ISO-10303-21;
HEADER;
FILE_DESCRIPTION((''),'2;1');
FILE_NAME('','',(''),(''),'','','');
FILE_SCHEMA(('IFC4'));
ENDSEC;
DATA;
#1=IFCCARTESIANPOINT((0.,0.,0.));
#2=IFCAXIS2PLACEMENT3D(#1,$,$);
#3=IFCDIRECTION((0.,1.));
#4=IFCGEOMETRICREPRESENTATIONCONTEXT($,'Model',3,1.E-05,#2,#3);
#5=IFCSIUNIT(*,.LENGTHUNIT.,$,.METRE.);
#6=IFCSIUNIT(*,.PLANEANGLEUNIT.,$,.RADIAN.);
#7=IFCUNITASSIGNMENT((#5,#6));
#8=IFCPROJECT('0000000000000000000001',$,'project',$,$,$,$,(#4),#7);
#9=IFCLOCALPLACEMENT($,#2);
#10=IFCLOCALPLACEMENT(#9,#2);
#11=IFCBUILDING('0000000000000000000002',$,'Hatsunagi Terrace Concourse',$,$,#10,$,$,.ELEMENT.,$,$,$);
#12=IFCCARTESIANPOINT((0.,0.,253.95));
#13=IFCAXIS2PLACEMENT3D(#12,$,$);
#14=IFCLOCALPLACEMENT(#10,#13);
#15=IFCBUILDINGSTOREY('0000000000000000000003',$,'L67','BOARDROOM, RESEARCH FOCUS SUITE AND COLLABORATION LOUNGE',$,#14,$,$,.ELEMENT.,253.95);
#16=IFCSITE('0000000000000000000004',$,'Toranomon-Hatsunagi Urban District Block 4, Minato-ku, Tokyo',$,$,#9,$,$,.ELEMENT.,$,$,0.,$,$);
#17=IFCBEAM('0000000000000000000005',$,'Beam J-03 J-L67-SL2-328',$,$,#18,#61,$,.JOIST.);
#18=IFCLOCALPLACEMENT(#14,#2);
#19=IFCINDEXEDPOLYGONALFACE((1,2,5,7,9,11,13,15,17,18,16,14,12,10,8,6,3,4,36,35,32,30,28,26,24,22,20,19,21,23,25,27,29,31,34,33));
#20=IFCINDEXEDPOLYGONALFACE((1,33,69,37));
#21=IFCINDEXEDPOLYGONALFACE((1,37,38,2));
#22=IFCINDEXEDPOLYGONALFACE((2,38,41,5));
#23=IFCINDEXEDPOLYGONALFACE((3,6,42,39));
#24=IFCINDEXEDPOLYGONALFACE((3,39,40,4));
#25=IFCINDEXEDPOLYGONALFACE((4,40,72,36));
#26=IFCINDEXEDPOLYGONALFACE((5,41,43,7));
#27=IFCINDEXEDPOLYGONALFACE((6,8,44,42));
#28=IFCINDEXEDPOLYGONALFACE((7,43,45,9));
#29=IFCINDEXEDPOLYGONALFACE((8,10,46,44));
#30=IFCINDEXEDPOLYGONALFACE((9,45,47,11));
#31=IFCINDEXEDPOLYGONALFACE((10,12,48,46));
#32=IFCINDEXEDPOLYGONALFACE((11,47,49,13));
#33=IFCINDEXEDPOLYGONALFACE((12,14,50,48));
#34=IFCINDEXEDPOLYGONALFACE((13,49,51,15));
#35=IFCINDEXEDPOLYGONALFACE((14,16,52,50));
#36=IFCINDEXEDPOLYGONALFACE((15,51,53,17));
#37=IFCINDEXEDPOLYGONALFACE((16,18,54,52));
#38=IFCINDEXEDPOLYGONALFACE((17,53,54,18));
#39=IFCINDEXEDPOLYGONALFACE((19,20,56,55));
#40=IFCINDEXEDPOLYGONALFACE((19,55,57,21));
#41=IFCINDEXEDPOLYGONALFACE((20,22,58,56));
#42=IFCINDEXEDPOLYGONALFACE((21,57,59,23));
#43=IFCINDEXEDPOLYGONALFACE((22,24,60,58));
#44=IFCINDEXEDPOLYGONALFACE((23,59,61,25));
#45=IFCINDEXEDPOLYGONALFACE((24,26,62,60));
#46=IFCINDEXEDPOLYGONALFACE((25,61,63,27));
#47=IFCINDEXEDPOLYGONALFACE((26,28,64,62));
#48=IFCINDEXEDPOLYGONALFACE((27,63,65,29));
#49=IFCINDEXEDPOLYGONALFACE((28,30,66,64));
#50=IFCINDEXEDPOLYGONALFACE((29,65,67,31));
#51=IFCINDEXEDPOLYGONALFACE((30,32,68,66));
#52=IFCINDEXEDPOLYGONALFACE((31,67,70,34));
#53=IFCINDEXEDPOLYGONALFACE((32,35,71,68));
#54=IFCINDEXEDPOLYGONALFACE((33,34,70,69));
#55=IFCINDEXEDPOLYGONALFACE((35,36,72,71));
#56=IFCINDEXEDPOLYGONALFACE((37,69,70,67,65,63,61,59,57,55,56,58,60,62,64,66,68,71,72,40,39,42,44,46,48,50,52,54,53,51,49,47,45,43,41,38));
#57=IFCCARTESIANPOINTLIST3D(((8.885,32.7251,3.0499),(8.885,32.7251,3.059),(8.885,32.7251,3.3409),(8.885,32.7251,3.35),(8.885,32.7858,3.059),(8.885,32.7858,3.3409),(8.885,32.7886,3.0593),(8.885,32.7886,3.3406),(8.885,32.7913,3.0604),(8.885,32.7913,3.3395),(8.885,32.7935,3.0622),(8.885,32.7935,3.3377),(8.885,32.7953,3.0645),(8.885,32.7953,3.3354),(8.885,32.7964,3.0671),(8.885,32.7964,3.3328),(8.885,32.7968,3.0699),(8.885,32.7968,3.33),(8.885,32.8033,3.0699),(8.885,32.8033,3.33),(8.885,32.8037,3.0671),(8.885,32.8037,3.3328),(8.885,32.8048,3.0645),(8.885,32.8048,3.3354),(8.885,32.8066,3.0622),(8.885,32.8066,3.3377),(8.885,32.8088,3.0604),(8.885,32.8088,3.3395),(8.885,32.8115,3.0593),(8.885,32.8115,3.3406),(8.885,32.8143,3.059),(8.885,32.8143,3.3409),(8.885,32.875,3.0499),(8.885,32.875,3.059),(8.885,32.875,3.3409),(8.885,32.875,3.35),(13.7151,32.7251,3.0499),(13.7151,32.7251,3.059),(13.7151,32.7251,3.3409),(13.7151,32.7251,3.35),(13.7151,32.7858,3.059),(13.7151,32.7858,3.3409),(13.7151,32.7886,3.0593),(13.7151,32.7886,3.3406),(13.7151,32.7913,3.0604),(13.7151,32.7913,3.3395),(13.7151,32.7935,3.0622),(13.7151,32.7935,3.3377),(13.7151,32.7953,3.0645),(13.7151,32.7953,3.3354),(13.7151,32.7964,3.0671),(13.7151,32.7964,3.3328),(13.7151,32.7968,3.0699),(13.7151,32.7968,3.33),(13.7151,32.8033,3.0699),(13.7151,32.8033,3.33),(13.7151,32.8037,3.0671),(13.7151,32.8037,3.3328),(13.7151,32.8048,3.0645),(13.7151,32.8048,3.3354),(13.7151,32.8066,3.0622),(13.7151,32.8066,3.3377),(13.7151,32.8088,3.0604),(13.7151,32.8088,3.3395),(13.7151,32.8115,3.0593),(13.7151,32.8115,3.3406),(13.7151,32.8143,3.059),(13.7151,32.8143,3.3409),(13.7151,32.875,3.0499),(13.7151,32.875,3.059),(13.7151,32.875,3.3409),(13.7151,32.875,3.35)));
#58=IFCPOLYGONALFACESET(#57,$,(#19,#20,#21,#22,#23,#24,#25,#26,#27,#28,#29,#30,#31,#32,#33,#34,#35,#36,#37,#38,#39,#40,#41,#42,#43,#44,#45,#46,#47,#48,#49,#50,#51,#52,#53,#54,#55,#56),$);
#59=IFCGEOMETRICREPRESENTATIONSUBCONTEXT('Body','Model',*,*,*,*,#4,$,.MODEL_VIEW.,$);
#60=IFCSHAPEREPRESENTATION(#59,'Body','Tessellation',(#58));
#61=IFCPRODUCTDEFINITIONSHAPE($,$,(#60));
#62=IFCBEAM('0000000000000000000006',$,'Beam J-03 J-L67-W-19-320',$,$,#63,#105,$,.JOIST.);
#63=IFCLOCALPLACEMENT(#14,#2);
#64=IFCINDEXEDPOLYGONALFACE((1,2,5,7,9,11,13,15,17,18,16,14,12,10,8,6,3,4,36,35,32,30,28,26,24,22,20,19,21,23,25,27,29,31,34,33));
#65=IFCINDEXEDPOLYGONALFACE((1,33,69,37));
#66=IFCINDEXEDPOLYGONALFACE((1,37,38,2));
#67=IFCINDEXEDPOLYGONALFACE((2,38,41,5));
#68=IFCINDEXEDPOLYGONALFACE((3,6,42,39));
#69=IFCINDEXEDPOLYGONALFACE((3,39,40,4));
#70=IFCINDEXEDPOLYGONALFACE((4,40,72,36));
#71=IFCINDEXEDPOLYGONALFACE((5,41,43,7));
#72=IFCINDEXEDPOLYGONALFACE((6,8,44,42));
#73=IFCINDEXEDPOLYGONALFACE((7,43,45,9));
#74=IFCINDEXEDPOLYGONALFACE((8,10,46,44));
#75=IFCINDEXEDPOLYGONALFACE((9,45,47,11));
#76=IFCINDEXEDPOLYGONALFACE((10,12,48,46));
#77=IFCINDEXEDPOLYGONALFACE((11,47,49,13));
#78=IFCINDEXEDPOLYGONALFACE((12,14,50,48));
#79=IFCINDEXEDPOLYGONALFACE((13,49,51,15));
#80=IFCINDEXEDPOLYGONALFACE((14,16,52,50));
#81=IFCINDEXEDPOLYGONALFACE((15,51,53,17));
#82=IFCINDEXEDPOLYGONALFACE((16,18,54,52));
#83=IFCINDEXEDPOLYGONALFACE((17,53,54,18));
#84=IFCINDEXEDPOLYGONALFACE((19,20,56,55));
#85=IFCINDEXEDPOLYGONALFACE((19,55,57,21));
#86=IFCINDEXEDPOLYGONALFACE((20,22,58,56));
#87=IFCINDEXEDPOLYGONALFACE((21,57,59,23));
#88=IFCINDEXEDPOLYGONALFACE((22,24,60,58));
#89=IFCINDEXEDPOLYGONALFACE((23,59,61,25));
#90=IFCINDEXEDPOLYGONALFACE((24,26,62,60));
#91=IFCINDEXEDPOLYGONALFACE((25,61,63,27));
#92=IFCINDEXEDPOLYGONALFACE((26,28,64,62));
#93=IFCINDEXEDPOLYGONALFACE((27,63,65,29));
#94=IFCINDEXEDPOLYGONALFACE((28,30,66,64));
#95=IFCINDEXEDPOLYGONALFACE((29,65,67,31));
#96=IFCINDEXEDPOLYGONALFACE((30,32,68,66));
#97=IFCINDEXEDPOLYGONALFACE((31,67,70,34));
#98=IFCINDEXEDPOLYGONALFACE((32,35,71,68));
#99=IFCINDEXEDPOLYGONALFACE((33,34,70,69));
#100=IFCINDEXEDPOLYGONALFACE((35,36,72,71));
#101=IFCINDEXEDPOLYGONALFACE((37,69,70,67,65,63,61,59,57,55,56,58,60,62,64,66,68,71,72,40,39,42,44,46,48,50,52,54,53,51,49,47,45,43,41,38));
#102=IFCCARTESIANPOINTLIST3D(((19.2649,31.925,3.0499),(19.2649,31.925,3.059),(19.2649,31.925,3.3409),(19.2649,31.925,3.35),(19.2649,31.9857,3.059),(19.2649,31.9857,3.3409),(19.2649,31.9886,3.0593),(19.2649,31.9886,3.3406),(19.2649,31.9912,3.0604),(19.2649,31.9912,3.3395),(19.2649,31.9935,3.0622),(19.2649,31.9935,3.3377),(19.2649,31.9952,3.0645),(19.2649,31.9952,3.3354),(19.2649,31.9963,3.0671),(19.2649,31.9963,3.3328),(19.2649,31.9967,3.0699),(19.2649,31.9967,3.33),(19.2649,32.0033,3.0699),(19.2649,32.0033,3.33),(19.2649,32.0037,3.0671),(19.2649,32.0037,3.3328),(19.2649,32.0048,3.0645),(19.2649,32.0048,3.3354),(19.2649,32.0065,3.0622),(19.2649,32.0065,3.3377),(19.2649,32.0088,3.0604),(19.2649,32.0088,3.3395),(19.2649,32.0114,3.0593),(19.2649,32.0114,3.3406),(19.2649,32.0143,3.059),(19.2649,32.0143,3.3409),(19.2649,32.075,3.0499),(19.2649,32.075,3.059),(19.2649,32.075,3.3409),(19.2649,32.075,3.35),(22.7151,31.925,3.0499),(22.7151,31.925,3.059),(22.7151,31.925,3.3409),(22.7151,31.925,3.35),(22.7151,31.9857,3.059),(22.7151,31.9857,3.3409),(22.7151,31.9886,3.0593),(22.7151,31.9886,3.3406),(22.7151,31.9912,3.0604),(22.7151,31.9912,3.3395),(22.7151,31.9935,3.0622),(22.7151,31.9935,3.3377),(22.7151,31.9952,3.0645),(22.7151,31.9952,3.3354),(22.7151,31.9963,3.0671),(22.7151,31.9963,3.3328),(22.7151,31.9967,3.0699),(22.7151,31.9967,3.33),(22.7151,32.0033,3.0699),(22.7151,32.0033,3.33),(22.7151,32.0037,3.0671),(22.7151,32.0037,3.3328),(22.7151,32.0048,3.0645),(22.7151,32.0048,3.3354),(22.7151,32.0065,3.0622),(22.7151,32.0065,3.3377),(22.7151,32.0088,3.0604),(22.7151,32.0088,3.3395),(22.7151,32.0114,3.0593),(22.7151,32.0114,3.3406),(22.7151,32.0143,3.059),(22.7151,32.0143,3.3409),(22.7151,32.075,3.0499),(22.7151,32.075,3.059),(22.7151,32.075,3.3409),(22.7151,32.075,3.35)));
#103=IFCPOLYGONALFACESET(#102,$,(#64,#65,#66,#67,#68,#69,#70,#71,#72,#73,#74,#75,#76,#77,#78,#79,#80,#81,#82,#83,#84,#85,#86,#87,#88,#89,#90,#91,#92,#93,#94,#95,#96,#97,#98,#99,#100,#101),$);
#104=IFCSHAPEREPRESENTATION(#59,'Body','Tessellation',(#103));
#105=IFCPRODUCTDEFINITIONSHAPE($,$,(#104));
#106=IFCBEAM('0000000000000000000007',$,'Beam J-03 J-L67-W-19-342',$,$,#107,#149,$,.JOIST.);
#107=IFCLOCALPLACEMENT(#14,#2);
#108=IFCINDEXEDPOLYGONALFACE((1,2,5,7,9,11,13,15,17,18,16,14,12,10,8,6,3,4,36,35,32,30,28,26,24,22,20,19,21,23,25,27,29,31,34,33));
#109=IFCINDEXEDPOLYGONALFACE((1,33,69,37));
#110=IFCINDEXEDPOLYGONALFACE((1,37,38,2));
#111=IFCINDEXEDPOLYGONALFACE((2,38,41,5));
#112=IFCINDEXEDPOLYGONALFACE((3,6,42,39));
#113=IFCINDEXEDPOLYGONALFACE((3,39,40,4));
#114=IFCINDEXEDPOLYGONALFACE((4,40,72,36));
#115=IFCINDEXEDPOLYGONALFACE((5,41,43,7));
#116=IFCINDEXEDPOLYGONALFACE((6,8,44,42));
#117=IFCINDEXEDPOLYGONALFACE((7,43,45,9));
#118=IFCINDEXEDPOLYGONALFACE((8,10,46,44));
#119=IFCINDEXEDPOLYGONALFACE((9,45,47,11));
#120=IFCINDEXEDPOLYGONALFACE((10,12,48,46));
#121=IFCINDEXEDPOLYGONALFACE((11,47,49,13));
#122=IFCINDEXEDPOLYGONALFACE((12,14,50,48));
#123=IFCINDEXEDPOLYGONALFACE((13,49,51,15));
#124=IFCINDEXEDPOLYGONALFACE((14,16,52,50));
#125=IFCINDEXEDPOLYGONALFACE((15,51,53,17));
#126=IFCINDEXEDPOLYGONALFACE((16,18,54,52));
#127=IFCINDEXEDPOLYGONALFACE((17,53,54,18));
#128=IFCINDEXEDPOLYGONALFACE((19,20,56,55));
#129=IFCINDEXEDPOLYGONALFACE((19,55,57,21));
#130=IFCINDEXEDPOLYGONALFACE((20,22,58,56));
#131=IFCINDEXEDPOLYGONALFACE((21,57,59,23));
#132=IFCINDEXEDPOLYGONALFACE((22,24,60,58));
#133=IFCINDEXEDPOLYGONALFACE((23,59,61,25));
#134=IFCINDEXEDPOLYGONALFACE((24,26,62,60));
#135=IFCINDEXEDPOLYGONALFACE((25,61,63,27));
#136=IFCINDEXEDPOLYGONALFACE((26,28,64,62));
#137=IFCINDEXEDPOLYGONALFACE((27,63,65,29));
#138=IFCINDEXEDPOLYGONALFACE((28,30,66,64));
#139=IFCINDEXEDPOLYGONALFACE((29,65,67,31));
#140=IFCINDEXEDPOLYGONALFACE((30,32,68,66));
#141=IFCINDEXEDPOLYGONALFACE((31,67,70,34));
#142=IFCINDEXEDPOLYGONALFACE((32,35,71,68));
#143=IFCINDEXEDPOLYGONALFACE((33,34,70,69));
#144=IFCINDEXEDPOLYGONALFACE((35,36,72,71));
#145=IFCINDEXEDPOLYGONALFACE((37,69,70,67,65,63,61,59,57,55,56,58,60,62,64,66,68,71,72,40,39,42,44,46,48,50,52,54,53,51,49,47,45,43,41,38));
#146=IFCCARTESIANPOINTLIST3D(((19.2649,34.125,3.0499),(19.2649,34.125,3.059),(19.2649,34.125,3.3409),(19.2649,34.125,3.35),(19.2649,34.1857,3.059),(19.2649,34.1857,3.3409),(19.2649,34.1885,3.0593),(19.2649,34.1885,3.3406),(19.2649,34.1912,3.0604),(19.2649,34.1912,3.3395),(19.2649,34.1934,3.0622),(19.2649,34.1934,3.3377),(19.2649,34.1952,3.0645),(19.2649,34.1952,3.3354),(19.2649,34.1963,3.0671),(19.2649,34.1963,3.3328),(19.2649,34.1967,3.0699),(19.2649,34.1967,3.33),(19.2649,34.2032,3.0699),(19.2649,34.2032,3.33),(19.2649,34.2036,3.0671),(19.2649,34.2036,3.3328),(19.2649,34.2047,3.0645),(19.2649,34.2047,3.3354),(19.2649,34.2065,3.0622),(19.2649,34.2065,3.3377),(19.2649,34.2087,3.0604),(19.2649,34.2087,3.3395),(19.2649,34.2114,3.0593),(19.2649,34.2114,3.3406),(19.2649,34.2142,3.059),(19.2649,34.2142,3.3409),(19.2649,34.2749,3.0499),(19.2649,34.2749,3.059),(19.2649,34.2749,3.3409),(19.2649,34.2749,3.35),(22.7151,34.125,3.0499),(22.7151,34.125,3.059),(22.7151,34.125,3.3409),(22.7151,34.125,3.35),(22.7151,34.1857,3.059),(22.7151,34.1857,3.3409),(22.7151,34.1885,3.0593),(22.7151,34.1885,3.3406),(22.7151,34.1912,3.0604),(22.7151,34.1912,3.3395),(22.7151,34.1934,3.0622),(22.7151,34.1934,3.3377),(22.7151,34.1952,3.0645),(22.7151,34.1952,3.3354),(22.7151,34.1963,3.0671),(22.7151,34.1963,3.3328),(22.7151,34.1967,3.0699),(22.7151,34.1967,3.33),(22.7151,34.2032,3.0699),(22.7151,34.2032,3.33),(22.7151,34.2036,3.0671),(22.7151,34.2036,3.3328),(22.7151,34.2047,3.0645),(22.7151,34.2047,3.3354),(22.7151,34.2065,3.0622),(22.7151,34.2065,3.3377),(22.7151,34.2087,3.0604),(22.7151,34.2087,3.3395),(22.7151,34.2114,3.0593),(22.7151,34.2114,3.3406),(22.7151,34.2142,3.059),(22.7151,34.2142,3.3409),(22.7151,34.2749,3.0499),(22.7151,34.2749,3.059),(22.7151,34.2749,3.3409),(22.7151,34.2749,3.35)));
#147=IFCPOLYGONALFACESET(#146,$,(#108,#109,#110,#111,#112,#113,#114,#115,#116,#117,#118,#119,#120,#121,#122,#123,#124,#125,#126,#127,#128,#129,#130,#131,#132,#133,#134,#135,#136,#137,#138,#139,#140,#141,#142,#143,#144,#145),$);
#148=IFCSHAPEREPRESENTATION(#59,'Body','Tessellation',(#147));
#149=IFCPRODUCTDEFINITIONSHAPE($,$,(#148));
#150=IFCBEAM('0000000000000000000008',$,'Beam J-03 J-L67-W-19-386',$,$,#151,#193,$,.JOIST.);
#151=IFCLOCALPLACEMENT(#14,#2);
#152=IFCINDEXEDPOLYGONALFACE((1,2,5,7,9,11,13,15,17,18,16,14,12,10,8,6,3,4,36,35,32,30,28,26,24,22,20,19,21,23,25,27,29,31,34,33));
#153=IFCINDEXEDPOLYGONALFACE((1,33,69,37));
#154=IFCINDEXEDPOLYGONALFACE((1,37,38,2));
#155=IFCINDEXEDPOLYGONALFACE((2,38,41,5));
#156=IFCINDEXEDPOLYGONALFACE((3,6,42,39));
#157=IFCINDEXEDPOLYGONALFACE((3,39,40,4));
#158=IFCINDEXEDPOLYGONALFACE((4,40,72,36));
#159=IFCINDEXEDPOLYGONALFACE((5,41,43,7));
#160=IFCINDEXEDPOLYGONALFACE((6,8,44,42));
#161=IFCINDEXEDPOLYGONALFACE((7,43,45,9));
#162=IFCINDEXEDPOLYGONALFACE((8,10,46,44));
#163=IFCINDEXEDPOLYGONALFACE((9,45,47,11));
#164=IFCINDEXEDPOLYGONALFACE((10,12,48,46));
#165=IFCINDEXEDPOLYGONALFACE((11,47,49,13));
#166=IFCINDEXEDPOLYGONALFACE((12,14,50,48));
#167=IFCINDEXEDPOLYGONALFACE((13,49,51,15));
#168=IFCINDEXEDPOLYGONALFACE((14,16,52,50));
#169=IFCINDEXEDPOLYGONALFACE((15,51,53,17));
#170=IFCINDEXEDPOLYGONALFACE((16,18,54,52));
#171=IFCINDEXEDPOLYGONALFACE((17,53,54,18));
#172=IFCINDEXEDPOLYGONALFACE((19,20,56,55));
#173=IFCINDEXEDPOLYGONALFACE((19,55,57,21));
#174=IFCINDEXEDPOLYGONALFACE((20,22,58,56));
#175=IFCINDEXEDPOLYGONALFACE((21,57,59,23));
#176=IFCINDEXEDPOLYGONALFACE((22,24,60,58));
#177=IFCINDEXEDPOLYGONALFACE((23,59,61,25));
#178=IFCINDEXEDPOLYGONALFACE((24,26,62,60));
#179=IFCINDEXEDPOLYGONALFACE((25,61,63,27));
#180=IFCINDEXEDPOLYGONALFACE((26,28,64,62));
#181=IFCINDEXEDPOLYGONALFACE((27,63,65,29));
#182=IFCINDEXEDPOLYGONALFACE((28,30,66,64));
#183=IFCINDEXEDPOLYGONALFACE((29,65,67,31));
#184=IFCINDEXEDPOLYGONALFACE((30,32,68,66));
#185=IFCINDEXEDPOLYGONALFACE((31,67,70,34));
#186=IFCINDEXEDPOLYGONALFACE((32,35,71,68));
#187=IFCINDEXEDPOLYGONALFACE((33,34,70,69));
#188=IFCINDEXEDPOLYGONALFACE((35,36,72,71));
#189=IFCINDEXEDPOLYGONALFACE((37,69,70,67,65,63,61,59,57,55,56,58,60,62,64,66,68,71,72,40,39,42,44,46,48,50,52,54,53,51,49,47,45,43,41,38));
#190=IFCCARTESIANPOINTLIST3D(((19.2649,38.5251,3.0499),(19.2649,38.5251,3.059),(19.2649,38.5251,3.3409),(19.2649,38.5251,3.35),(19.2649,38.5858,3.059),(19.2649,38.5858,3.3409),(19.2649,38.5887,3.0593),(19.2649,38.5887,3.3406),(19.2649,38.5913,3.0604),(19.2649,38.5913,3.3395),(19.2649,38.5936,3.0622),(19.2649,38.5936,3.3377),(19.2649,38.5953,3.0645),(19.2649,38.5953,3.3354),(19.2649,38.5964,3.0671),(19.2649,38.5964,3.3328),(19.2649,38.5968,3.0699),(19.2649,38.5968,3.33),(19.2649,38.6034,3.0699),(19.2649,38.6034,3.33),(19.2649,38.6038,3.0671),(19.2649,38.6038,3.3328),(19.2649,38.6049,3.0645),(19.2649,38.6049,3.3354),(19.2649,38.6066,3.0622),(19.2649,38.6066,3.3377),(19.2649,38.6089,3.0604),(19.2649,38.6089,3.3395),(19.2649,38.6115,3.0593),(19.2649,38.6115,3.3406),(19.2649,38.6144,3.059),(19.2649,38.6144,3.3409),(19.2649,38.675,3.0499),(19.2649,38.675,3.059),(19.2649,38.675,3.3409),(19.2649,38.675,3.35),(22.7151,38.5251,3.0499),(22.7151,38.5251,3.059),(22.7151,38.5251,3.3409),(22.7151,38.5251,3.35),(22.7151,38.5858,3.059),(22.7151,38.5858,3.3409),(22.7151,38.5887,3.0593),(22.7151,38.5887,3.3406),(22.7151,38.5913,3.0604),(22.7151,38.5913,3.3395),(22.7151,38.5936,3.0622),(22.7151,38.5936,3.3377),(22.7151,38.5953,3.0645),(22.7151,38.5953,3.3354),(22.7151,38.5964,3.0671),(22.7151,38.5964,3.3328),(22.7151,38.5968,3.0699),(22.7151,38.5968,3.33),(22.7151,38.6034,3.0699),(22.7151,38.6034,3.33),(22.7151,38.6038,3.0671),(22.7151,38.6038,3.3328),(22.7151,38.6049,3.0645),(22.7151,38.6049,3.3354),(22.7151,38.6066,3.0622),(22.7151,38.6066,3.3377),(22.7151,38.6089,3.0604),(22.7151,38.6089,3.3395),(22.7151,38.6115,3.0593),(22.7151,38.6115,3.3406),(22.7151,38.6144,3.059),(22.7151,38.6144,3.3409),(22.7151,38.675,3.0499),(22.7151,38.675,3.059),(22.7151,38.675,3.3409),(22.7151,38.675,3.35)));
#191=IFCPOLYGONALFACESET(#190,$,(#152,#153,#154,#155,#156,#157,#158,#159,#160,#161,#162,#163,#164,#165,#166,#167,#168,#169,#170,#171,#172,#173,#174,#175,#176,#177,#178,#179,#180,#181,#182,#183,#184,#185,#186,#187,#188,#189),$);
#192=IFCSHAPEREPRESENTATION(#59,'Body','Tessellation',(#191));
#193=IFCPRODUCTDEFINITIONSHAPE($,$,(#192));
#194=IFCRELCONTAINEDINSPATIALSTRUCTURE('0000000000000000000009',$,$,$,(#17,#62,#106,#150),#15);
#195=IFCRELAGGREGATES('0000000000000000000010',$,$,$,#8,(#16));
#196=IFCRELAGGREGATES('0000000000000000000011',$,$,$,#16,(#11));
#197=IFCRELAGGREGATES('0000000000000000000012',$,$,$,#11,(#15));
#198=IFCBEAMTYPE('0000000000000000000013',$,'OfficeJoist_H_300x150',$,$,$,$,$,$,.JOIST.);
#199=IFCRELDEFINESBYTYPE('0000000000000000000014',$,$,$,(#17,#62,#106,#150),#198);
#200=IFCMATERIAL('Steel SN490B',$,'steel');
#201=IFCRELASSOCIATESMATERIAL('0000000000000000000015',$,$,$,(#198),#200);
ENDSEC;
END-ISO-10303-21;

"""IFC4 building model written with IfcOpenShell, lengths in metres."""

from ifc_helpers import new_model, si_unit, direction, frame, origin, origin_2d, place, context, subcontext, project, spatial, i_section, extrude, material, material_profile, profile_set, type_object, element, save


model = new_model("IFC4")

# Units and contexts
model_context = context("Model", 3, precision=1e-05, world=origin(), true_north=direction((0.0, 1.0)))
body_context = subcontext(model_context, "Body", "Model", "MODEL_VIEW")
ifc_project = project(units=[si_unit("LENGTHUNIT", "METRE"), si_unit("PLANEANGLEUNIT", "RADIAN")], contexts=[model_context])

# Site, building, storey
site_placement = place(None, origin())
site = spatial("IfcSite", under=ifc_project, at=site_placement, Name="Toranomon-Hatsunagi Urban District Block 4, Minato-ku, Tokyo", CompositionType="ELEMENT", RefElevation=0.0)
building_placement = place(site_placement, origin())
building = spatial("IfcBuilding", under=site, at=building_placement, Name="Hatsunagi Terrace Concourse", CompositionType="ELEMENT")
storey_placement = place(building_placement, frame((0.0, 0.0, 253.95)))
storey = spatial("IfcBuildingStorey", under=building, at=storey_placement, Name="L67", Description="BOARDROOM, RESEARCH FOCUS SUITE AND COLLABORATION LOUNGE", CompositionType="ELEMENT", Elevation=253.95)

# Beams
ifc_material_1 = material(Name="Steel SN490B", Category="steel")
ifc_material_profile_1 = material_profile(ifc_material_1, i_section(OverallWidth=0.1499, OverallDepth=0.3, WebThickness=0.0066, FlangeThickness=0.009, FilletRadius=0.011, at=origin_2d()), Name="H-300x150x6.5x9")
ifc_profile_set_1 = profile_set([ifc_material_profile_1], Name="Steel SN490B")
beam_type_1 = type_object("IfcBeamType", Name="OfficeJoist_H_300x150", PredefinedType="JOIST", material=ifc_profile_set_1)
beam_1_placement = place(storey_placement, frame((13.7151, 32.8, 3.2), z_axis=(-1.0, 0.0, 0.0), x_axis=(0.0, -1.0, 0.0)))
element("IfcBeam", 1, at=beam_1_placement, inside=storey, type_object=beam_type_1, Name="Beam J-03 J-L67-SL2-328", PredefinedType="JOIST", context=body_context, shape_type="SweptSolid", body=[
    extrude(i_section(OverallWidth=0.1499, OverallDepth=0.3, WebThickness=0.0066, FlangeThickness=0.009, FilletRadius=0.011, at=origin_2d()), origin(), (0.0, 0.0, 1.0), 4.8301),
])
for number, where, z_axis, x_axis, name in (
    (2, (19.2649, 32.0, 3.2), (1.0, 0.0, 0.0), (0.0, 1.0, 0.0), "Beam J-03 J-L67-W-19-320"),
    (3, (19.2649, 34.2, 3.2), (1.0, 0.0, 0.0), (0.0, 1.0, 0.0), "Beam J-03 J-L67-W-19-342"),
    (4, (19.2649, 38.6001, 3.2), (1.0, 0.0, 0.0), (0.0, 1.0, 0.0), "Beam J-03 J-L67-W-19-386"),
):
    element("IfcBeam", number, at=place(storey_placement, frame(where, z_axis=z_axis, x_axis=x_axis)), inside=storey, type_object=beam_type_1, Name=name, PredefinedType="JOIST", context=body_context, shape_type="SweptSolid", body=[
        extrude(i_section(OverallWidth=0.1499, OverallDepth=0.3, WebThickness=0.0066, FlangeThickness=0.009, FilletRadius=0.011, at=origin_2d()), origin(), (0.0, 0.0, 1.0), 3.4502),
    ])

save(model, "model.ifc")
